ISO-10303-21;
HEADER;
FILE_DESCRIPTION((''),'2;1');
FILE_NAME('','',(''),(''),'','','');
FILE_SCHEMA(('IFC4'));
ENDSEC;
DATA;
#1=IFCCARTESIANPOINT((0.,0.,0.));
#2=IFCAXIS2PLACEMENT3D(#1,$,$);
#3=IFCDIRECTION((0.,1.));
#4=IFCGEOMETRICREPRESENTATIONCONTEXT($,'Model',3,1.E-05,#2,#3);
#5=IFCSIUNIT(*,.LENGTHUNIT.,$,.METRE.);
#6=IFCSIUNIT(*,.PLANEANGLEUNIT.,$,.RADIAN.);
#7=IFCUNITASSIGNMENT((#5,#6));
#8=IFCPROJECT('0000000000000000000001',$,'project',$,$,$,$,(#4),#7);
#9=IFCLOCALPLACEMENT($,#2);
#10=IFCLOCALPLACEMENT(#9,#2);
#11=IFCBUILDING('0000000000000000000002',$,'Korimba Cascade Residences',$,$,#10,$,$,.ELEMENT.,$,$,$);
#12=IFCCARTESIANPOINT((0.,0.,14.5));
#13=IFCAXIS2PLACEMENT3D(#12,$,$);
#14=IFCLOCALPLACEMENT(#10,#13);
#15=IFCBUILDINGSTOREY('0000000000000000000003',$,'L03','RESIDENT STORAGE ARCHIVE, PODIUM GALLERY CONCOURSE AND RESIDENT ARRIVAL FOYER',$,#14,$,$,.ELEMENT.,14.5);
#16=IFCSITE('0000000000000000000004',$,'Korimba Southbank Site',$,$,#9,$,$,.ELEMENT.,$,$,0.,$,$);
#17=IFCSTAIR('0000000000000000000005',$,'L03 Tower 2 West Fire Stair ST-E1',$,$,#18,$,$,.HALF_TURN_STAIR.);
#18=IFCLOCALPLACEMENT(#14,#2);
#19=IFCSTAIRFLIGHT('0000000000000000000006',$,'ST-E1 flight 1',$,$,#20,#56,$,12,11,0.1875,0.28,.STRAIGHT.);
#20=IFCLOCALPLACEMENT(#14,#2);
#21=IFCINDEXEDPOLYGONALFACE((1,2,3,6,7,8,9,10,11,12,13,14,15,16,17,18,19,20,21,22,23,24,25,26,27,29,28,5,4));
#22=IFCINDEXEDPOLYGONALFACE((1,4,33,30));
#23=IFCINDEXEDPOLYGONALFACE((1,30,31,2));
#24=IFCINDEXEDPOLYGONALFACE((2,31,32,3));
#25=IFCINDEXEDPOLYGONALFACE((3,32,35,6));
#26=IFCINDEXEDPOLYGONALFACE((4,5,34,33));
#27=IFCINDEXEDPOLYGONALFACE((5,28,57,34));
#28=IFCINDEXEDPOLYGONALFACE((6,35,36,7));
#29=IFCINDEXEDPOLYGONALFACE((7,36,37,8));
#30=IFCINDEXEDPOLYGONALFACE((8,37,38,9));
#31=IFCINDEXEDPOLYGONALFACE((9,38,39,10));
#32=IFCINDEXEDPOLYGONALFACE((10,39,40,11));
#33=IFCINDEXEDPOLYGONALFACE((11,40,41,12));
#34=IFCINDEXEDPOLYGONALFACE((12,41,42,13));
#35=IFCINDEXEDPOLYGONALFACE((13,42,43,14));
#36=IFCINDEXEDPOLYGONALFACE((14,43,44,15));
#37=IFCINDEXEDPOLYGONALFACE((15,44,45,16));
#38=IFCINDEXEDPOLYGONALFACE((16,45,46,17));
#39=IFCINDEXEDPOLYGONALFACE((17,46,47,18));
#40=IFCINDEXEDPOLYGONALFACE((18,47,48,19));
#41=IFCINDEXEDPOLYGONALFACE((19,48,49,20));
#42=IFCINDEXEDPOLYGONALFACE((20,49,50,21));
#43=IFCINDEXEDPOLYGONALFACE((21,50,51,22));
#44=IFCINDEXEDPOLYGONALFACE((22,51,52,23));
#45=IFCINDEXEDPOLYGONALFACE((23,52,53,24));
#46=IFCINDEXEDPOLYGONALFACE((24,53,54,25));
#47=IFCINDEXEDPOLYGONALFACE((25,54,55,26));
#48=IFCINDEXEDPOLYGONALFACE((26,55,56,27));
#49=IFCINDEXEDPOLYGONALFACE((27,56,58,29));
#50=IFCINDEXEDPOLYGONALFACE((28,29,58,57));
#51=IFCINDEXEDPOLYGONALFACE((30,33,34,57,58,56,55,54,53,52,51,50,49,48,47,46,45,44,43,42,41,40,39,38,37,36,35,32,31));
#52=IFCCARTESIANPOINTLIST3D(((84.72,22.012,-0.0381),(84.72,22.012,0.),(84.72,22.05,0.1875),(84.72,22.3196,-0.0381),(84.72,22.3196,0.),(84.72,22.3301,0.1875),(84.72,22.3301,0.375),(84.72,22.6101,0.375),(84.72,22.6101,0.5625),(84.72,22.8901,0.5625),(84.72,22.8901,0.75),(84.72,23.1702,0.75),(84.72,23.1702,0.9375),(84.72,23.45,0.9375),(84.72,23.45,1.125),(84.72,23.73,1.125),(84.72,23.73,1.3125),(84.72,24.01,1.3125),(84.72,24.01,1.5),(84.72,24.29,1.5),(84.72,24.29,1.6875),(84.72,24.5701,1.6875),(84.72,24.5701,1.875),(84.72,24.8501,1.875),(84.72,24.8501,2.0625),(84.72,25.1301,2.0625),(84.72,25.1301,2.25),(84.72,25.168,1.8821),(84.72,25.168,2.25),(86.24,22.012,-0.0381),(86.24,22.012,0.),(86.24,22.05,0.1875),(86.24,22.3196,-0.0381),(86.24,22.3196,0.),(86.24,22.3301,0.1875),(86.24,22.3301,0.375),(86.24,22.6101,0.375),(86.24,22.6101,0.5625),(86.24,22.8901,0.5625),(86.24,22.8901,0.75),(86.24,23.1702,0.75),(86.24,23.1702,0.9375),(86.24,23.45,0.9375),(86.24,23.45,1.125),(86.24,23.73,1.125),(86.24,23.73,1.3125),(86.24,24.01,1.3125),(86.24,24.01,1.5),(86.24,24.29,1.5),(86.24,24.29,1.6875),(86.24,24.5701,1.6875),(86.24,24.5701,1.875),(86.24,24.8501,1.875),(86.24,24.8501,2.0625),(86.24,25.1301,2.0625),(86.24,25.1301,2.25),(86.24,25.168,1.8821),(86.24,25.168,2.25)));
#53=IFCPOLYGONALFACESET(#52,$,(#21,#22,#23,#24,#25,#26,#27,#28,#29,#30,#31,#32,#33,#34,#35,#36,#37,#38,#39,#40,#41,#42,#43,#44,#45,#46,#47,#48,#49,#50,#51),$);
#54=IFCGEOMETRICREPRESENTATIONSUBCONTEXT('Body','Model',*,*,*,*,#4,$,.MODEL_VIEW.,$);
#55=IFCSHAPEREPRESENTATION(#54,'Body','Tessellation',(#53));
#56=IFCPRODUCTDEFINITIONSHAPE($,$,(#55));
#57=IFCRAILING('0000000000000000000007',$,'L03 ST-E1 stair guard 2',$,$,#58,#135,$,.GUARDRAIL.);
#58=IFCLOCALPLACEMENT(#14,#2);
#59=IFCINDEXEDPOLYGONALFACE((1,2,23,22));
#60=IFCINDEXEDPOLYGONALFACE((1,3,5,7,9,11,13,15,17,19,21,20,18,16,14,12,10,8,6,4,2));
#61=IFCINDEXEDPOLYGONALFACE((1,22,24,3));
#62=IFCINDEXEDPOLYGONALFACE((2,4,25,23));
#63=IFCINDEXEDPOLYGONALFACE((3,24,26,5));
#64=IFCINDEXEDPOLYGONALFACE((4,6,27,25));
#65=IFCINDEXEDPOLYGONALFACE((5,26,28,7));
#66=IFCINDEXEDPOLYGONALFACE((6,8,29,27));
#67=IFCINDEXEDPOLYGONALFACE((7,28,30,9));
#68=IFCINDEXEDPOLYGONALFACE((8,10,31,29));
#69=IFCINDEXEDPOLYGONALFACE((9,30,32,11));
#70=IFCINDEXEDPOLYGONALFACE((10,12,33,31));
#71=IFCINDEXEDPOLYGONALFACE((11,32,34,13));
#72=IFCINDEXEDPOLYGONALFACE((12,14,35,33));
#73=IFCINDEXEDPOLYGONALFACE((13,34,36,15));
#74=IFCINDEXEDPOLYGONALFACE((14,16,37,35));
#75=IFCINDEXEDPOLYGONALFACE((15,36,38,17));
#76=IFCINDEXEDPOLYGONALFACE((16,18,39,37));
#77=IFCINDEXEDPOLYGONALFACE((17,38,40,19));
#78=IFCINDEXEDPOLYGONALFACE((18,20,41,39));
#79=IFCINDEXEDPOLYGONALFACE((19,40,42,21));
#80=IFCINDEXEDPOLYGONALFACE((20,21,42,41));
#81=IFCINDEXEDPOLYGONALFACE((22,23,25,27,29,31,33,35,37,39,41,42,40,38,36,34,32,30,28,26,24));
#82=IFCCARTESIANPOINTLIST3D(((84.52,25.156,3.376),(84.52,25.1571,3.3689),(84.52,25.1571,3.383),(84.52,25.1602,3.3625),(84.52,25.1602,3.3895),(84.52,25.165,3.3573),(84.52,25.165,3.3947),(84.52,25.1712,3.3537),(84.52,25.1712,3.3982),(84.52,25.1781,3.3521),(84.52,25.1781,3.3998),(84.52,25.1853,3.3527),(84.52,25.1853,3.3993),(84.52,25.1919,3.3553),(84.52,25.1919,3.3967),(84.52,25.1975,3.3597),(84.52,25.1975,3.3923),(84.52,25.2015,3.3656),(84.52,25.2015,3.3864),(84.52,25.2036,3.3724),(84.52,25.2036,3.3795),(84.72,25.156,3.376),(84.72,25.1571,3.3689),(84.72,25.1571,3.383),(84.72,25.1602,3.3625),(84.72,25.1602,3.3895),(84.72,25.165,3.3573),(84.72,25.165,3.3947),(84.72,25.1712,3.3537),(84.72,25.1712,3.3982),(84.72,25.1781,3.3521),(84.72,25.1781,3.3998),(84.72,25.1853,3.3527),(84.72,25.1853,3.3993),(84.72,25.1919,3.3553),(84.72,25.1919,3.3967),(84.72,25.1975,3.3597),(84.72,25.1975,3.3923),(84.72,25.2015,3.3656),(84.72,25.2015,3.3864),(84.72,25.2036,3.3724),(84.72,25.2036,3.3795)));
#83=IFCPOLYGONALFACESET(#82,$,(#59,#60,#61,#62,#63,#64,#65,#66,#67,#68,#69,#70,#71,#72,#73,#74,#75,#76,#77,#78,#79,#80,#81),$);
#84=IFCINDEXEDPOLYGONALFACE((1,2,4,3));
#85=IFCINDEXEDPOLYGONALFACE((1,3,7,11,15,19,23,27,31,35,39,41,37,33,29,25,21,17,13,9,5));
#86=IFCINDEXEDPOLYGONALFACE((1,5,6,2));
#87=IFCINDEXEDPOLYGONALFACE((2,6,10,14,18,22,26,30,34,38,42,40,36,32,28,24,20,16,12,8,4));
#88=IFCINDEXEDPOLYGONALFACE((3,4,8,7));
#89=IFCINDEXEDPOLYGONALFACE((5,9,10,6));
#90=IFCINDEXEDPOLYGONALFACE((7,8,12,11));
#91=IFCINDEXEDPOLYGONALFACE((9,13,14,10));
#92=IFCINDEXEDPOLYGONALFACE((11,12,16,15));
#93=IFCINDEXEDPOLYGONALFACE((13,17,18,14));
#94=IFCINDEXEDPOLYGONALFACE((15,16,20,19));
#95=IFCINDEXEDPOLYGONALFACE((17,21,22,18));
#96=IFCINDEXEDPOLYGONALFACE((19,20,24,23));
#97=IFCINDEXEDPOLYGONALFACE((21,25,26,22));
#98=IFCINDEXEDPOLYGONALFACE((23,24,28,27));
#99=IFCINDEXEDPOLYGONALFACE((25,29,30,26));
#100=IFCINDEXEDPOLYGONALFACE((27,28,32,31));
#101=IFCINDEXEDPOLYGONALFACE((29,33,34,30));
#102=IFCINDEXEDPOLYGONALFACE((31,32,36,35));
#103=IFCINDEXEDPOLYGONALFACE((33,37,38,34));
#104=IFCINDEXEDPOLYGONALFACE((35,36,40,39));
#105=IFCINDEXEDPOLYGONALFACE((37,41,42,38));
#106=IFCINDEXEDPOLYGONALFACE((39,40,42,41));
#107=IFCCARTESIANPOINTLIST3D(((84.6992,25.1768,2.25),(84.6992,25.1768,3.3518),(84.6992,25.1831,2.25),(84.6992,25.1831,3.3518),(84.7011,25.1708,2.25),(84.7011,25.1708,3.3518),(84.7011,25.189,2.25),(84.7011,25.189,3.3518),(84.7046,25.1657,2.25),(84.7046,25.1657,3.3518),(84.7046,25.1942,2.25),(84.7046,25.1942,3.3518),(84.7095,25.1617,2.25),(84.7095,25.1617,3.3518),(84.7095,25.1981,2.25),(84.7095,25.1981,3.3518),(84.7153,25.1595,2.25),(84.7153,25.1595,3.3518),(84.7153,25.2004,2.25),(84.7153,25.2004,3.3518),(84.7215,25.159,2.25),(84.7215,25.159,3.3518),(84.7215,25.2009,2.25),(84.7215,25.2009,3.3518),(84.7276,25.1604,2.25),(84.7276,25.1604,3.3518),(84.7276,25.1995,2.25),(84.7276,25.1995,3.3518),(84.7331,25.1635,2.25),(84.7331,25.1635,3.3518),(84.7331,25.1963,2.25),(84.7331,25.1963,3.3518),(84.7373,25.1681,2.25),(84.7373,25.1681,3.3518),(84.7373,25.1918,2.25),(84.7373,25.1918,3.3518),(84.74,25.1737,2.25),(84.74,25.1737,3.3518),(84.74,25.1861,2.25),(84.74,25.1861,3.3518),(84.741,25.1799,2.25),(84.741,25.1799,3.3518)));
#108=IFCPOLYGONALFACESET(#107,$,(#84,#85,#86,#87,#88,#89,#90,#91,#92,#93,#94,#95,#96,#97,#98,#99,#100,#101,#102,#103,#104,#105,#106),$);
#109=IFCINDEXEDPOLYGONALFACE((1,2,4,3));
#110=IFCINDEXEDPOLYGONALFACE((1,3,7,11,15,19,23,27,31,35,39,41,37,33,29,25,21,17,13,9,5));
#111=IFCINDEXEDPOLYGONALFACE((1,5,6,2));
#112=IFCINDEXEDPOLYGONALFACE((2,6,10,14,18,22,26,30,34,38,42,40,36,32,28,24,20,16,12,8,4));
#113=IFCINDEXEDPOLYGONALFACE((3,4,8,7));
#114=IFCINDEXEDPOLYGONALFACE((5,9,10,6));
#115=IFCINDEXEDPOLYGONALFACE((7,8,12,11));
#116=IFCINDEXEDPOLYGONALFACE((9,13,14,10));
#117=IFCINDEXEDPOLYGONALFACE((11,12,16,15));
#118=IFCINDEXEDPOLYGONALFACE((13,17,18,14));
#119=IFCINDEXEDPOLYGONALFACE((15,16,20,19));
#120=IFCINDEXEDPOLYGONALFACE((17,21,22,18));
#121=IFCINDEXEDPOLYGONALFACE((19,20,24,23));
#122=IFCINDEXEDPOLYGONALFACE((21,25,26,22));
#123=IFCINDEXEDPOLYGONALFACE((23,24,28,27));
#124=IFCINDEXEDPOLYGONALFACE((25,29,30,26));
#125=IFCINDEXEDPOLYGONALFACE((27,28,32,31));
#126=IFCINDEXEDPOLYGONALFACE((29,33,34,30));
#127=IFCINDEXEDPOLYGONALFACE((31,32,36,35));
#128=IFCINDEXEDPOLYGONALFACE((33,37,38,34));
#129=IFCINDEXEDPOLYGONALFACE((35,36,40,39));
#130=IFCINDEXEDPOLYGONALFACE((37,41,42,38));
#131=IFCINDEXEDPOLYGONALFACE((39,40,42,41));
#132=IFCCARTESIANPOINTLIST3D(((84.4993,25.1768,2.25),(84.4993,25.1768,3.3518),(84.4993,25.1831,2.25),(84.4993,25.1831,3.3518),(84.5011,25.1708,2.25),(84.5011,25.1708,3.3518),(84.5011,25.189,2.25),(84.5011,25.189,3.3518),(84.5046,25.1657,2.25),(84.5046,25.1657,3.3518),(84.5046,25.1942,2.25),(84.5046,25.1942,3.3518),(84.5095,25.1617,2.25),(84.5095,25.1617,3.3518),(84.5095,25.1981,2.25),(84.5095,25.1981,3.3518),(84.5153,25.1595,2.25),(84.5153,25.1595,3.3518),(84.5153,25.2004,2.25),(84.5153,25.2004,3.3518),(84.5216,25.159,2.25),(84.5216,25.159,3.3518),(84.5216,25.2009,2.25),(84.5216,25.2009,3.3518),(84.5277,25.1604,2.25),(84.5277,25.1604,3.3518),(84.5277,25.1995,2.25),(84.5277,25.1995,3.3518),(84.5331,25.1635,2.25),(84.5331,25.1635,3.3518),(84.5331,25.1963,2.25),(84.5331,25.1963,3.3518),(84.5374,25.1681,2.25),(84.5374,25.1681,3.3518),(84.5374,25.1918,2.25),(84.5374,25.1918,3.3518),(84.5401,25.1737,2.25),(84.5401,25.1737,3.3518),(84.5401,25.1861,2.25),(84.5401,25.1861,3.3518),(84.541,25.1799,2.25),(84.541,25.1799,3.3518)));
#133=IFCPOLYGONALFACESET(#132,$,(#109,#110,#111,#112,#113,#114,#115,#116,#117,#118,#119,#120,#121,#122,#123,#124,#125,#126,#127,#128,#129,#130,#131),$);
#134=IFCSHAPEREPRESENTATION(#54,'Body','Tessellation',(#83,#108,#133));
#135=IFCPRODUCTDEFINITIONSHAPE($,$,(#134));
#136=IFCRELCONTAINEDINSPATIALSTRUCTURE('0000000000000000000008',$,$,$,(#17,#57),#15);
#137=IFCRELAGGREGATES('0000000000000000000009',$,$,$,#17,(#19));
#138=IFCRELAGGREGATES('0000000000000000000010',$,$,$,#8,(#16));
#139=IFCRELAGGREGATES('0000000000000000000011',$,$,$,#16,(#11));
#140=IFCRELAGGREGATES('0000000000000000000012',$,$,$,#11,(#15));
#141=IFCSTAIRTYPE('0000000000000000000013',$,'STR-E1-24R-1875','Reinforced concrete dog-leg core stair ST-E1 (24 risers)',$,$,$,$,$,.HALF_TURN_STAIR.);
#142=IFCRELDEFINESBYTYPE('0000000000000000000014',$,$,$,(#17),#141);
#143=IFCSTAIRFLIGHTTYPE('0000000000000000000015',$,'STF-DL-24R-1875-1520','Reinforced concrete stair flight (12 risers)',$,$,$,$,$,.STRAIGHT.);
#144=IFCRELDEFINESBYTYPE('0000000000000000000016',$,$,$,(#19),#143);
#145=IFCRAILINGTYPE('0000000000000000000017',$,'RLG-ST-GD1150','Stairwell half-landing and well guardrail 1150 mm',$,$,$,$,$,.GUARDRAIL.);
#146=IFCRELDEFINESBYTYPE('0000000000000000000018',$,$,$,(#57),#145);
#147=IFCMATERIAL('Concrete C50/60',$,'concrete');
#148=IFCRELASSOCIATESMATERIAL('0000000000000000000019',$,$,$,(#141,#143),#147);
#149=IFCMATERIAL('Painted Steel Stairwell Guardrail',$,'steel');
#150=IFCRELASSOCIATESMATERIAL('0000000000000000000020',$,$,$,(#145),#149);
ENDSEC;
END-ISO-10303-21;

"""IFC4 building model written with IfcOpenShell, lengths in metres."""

from ifc_helpers import new_model, si_unit, direction, frame, origin, origin_2d, place, context, subcontext, project, spatial, polyline, circle, outline, extrude, material, type_object, element, aggregate, save


model = new_model("IFC4")

# Units and contexts
model_context = context("Model", 3, precision=1e-05, world=origin(), true_north=direction((0.0, 1.0)))
body_context = subcontext(model_context, "Body", "Model", "MODEL_VIEW")
ifc_project = project(units=[si_unit("LENGTHUNIT", "METRE"), si_unit("PLANEANGLEUNIT", "RADIAN")], contexts=[model_context])

# Site, building, storey
site_placement = place(None, origin())
site = spatial("IfcSite", under=ifc_project, at=site_placement, Name="Korimba Southbank Site", CompositionType="ELEMENT", RefElevation=0.0)
building_placement = place(site_placement, origin())
building = spatial("IfcBuilding", under=site, at=building_placement, Name="Korimba Cascade Residences", CompositionType="ELEMENT")
storey_placement = place(building_placement, frame((0.0, 0.0, 14.5)))
storey = spatial("IfcBuildingStorey", under=building, at=storey_placement, Name="L03", Description="RESIDENT STORAGE ARCHIVE, PODIUM GALLERY CONCOURSE AND RESIDENT ARRIVAL FOYER", CompositionType="ELEMENT", Elevation=14.5)

# Shared definitions
ifc_material_1 = material(Name="Concrete C50/60", Category="concrete")

# Stair, stair flight
stair_type = type_object("IfcStairType", Name="STR-E1-24R-1875", Description="Reinforced concrete dog-leg core stair ST-E1 (24 risers)", PredefinedType="HALF_TURN_STAIR", material=ifc_material_1)
stair_placement = place(storey_placement, origin())
stair = element("IfcStair", 1, at=stair_placement, inside=storey, type_object=stair_type, Name="L03 Tower 2 West Fire Stair ST-E1", PredefinedType="HALF_TURN_STAIR")
stair_flight_type = type_object("IfcStairFlightType", Name="STF-DL-24R-1875-1520", Description="Reinforced concrete stair flight (12 risers)", PredefinedType="STRAIGHT", material=ifc_material_1)
stair_flight_placement = place(storey_placement, frame((85.48, 22.05, 0.0), z_axis=(0.0, 0.0, 1.0), x_axis=(0.0, 1.0, 0.0)))
stair_flight = element("IfcStairFlight", 2, at=stair_flight_placement, type_object=stair_flight_type, Name="ST-E1 flight 1", NumberOfRisers=12, NumberOfTreads=11, PredefinedType="STRAIGHT", RiserHeight=0.1875, TreadLength=0.28, context=body_context, shape_type="SweptSolid", body=[
    extrude(outline(polyline([(-0.0381, 0.0), (0.0, 0.1875), (0.28, 0.1875), (0.28, 0.375), (0.5601, 0.375), (0.5601, 0.5625), (0.8401, 0.5625), (0.8401, 0.75), (1.1201, 0.75), (1.1201, 0.9375), (1.3999, 0.9375), (1.3999, 1.125), (1.6799, 1.125), (1.6799, 1.3125), (1.96, 1.3125), (1.96, 1.5), (2.24, 1.5), (2.24, 1.6875), (2.52, 1.6875), (2.52, 1.875), (2.8, 1.875), (2.8, 2.0625), (3.0801, 2.0625), (3.0801, 2.25), (3.1179, 2.25), (3.1179, 1.8821), (0.2695, 0.0), (0.2695, -0.0381), (-0.0381, -0.0381), (-0.0381, 0.0)])), frame((0.0, 0.76, 0.0), z_axis=(0.0, -1.0, 0.0), x_axis=(1.0, 0.0, 0.0)), (0.0, 0.0, 1.0), 1.52),
])
aggregate(stair, [stair_flight])

# Railing
ifc_material_2 = material(Name="Painted Steel Stairwell Guardrail", Category="steel")
railing_type_1 = type_object("IfcRailingType", Name="RLG-ST-GD1150", Description="Stairwell half-landing and well guardrail 1150 mm", PredefinedType="GUARDRAIL", material=ifc_material_2)
railing_1_placement = place(storey_placement, frame((84.72, 25.1799, 2.25)))
element("IfcRailing", 3, at=railing_1_placement, inside=storey, type_object=railing_type_1, Name="L03 ST-E1 stair guard 2", PredefinedType="GUARDRAIL", context=body_context, shape_type="SweptSolid", body=[
    extrude(circle(Radius=0.0239, at=origin_2d()), frame((0.0, 0.0, 1.126), z_axis=(-1.0, 0.0, 0.0), x_axis=(0.0, -1.0, 0.0)), (0.0, 0.0, 1.0), 0.2),
    extrude(circle(Radius=0.021, at=origin_2d()), origin(), (0.0, 0.0, 1.0), 1.1018),
    extrude(circle(Radius=0.021, at=origin_2d()), frame((-0.2, 0.0, 0.0)), (0.0, 0.0, 1.0), 1.1018),
])

save(model, "model.ifc")
